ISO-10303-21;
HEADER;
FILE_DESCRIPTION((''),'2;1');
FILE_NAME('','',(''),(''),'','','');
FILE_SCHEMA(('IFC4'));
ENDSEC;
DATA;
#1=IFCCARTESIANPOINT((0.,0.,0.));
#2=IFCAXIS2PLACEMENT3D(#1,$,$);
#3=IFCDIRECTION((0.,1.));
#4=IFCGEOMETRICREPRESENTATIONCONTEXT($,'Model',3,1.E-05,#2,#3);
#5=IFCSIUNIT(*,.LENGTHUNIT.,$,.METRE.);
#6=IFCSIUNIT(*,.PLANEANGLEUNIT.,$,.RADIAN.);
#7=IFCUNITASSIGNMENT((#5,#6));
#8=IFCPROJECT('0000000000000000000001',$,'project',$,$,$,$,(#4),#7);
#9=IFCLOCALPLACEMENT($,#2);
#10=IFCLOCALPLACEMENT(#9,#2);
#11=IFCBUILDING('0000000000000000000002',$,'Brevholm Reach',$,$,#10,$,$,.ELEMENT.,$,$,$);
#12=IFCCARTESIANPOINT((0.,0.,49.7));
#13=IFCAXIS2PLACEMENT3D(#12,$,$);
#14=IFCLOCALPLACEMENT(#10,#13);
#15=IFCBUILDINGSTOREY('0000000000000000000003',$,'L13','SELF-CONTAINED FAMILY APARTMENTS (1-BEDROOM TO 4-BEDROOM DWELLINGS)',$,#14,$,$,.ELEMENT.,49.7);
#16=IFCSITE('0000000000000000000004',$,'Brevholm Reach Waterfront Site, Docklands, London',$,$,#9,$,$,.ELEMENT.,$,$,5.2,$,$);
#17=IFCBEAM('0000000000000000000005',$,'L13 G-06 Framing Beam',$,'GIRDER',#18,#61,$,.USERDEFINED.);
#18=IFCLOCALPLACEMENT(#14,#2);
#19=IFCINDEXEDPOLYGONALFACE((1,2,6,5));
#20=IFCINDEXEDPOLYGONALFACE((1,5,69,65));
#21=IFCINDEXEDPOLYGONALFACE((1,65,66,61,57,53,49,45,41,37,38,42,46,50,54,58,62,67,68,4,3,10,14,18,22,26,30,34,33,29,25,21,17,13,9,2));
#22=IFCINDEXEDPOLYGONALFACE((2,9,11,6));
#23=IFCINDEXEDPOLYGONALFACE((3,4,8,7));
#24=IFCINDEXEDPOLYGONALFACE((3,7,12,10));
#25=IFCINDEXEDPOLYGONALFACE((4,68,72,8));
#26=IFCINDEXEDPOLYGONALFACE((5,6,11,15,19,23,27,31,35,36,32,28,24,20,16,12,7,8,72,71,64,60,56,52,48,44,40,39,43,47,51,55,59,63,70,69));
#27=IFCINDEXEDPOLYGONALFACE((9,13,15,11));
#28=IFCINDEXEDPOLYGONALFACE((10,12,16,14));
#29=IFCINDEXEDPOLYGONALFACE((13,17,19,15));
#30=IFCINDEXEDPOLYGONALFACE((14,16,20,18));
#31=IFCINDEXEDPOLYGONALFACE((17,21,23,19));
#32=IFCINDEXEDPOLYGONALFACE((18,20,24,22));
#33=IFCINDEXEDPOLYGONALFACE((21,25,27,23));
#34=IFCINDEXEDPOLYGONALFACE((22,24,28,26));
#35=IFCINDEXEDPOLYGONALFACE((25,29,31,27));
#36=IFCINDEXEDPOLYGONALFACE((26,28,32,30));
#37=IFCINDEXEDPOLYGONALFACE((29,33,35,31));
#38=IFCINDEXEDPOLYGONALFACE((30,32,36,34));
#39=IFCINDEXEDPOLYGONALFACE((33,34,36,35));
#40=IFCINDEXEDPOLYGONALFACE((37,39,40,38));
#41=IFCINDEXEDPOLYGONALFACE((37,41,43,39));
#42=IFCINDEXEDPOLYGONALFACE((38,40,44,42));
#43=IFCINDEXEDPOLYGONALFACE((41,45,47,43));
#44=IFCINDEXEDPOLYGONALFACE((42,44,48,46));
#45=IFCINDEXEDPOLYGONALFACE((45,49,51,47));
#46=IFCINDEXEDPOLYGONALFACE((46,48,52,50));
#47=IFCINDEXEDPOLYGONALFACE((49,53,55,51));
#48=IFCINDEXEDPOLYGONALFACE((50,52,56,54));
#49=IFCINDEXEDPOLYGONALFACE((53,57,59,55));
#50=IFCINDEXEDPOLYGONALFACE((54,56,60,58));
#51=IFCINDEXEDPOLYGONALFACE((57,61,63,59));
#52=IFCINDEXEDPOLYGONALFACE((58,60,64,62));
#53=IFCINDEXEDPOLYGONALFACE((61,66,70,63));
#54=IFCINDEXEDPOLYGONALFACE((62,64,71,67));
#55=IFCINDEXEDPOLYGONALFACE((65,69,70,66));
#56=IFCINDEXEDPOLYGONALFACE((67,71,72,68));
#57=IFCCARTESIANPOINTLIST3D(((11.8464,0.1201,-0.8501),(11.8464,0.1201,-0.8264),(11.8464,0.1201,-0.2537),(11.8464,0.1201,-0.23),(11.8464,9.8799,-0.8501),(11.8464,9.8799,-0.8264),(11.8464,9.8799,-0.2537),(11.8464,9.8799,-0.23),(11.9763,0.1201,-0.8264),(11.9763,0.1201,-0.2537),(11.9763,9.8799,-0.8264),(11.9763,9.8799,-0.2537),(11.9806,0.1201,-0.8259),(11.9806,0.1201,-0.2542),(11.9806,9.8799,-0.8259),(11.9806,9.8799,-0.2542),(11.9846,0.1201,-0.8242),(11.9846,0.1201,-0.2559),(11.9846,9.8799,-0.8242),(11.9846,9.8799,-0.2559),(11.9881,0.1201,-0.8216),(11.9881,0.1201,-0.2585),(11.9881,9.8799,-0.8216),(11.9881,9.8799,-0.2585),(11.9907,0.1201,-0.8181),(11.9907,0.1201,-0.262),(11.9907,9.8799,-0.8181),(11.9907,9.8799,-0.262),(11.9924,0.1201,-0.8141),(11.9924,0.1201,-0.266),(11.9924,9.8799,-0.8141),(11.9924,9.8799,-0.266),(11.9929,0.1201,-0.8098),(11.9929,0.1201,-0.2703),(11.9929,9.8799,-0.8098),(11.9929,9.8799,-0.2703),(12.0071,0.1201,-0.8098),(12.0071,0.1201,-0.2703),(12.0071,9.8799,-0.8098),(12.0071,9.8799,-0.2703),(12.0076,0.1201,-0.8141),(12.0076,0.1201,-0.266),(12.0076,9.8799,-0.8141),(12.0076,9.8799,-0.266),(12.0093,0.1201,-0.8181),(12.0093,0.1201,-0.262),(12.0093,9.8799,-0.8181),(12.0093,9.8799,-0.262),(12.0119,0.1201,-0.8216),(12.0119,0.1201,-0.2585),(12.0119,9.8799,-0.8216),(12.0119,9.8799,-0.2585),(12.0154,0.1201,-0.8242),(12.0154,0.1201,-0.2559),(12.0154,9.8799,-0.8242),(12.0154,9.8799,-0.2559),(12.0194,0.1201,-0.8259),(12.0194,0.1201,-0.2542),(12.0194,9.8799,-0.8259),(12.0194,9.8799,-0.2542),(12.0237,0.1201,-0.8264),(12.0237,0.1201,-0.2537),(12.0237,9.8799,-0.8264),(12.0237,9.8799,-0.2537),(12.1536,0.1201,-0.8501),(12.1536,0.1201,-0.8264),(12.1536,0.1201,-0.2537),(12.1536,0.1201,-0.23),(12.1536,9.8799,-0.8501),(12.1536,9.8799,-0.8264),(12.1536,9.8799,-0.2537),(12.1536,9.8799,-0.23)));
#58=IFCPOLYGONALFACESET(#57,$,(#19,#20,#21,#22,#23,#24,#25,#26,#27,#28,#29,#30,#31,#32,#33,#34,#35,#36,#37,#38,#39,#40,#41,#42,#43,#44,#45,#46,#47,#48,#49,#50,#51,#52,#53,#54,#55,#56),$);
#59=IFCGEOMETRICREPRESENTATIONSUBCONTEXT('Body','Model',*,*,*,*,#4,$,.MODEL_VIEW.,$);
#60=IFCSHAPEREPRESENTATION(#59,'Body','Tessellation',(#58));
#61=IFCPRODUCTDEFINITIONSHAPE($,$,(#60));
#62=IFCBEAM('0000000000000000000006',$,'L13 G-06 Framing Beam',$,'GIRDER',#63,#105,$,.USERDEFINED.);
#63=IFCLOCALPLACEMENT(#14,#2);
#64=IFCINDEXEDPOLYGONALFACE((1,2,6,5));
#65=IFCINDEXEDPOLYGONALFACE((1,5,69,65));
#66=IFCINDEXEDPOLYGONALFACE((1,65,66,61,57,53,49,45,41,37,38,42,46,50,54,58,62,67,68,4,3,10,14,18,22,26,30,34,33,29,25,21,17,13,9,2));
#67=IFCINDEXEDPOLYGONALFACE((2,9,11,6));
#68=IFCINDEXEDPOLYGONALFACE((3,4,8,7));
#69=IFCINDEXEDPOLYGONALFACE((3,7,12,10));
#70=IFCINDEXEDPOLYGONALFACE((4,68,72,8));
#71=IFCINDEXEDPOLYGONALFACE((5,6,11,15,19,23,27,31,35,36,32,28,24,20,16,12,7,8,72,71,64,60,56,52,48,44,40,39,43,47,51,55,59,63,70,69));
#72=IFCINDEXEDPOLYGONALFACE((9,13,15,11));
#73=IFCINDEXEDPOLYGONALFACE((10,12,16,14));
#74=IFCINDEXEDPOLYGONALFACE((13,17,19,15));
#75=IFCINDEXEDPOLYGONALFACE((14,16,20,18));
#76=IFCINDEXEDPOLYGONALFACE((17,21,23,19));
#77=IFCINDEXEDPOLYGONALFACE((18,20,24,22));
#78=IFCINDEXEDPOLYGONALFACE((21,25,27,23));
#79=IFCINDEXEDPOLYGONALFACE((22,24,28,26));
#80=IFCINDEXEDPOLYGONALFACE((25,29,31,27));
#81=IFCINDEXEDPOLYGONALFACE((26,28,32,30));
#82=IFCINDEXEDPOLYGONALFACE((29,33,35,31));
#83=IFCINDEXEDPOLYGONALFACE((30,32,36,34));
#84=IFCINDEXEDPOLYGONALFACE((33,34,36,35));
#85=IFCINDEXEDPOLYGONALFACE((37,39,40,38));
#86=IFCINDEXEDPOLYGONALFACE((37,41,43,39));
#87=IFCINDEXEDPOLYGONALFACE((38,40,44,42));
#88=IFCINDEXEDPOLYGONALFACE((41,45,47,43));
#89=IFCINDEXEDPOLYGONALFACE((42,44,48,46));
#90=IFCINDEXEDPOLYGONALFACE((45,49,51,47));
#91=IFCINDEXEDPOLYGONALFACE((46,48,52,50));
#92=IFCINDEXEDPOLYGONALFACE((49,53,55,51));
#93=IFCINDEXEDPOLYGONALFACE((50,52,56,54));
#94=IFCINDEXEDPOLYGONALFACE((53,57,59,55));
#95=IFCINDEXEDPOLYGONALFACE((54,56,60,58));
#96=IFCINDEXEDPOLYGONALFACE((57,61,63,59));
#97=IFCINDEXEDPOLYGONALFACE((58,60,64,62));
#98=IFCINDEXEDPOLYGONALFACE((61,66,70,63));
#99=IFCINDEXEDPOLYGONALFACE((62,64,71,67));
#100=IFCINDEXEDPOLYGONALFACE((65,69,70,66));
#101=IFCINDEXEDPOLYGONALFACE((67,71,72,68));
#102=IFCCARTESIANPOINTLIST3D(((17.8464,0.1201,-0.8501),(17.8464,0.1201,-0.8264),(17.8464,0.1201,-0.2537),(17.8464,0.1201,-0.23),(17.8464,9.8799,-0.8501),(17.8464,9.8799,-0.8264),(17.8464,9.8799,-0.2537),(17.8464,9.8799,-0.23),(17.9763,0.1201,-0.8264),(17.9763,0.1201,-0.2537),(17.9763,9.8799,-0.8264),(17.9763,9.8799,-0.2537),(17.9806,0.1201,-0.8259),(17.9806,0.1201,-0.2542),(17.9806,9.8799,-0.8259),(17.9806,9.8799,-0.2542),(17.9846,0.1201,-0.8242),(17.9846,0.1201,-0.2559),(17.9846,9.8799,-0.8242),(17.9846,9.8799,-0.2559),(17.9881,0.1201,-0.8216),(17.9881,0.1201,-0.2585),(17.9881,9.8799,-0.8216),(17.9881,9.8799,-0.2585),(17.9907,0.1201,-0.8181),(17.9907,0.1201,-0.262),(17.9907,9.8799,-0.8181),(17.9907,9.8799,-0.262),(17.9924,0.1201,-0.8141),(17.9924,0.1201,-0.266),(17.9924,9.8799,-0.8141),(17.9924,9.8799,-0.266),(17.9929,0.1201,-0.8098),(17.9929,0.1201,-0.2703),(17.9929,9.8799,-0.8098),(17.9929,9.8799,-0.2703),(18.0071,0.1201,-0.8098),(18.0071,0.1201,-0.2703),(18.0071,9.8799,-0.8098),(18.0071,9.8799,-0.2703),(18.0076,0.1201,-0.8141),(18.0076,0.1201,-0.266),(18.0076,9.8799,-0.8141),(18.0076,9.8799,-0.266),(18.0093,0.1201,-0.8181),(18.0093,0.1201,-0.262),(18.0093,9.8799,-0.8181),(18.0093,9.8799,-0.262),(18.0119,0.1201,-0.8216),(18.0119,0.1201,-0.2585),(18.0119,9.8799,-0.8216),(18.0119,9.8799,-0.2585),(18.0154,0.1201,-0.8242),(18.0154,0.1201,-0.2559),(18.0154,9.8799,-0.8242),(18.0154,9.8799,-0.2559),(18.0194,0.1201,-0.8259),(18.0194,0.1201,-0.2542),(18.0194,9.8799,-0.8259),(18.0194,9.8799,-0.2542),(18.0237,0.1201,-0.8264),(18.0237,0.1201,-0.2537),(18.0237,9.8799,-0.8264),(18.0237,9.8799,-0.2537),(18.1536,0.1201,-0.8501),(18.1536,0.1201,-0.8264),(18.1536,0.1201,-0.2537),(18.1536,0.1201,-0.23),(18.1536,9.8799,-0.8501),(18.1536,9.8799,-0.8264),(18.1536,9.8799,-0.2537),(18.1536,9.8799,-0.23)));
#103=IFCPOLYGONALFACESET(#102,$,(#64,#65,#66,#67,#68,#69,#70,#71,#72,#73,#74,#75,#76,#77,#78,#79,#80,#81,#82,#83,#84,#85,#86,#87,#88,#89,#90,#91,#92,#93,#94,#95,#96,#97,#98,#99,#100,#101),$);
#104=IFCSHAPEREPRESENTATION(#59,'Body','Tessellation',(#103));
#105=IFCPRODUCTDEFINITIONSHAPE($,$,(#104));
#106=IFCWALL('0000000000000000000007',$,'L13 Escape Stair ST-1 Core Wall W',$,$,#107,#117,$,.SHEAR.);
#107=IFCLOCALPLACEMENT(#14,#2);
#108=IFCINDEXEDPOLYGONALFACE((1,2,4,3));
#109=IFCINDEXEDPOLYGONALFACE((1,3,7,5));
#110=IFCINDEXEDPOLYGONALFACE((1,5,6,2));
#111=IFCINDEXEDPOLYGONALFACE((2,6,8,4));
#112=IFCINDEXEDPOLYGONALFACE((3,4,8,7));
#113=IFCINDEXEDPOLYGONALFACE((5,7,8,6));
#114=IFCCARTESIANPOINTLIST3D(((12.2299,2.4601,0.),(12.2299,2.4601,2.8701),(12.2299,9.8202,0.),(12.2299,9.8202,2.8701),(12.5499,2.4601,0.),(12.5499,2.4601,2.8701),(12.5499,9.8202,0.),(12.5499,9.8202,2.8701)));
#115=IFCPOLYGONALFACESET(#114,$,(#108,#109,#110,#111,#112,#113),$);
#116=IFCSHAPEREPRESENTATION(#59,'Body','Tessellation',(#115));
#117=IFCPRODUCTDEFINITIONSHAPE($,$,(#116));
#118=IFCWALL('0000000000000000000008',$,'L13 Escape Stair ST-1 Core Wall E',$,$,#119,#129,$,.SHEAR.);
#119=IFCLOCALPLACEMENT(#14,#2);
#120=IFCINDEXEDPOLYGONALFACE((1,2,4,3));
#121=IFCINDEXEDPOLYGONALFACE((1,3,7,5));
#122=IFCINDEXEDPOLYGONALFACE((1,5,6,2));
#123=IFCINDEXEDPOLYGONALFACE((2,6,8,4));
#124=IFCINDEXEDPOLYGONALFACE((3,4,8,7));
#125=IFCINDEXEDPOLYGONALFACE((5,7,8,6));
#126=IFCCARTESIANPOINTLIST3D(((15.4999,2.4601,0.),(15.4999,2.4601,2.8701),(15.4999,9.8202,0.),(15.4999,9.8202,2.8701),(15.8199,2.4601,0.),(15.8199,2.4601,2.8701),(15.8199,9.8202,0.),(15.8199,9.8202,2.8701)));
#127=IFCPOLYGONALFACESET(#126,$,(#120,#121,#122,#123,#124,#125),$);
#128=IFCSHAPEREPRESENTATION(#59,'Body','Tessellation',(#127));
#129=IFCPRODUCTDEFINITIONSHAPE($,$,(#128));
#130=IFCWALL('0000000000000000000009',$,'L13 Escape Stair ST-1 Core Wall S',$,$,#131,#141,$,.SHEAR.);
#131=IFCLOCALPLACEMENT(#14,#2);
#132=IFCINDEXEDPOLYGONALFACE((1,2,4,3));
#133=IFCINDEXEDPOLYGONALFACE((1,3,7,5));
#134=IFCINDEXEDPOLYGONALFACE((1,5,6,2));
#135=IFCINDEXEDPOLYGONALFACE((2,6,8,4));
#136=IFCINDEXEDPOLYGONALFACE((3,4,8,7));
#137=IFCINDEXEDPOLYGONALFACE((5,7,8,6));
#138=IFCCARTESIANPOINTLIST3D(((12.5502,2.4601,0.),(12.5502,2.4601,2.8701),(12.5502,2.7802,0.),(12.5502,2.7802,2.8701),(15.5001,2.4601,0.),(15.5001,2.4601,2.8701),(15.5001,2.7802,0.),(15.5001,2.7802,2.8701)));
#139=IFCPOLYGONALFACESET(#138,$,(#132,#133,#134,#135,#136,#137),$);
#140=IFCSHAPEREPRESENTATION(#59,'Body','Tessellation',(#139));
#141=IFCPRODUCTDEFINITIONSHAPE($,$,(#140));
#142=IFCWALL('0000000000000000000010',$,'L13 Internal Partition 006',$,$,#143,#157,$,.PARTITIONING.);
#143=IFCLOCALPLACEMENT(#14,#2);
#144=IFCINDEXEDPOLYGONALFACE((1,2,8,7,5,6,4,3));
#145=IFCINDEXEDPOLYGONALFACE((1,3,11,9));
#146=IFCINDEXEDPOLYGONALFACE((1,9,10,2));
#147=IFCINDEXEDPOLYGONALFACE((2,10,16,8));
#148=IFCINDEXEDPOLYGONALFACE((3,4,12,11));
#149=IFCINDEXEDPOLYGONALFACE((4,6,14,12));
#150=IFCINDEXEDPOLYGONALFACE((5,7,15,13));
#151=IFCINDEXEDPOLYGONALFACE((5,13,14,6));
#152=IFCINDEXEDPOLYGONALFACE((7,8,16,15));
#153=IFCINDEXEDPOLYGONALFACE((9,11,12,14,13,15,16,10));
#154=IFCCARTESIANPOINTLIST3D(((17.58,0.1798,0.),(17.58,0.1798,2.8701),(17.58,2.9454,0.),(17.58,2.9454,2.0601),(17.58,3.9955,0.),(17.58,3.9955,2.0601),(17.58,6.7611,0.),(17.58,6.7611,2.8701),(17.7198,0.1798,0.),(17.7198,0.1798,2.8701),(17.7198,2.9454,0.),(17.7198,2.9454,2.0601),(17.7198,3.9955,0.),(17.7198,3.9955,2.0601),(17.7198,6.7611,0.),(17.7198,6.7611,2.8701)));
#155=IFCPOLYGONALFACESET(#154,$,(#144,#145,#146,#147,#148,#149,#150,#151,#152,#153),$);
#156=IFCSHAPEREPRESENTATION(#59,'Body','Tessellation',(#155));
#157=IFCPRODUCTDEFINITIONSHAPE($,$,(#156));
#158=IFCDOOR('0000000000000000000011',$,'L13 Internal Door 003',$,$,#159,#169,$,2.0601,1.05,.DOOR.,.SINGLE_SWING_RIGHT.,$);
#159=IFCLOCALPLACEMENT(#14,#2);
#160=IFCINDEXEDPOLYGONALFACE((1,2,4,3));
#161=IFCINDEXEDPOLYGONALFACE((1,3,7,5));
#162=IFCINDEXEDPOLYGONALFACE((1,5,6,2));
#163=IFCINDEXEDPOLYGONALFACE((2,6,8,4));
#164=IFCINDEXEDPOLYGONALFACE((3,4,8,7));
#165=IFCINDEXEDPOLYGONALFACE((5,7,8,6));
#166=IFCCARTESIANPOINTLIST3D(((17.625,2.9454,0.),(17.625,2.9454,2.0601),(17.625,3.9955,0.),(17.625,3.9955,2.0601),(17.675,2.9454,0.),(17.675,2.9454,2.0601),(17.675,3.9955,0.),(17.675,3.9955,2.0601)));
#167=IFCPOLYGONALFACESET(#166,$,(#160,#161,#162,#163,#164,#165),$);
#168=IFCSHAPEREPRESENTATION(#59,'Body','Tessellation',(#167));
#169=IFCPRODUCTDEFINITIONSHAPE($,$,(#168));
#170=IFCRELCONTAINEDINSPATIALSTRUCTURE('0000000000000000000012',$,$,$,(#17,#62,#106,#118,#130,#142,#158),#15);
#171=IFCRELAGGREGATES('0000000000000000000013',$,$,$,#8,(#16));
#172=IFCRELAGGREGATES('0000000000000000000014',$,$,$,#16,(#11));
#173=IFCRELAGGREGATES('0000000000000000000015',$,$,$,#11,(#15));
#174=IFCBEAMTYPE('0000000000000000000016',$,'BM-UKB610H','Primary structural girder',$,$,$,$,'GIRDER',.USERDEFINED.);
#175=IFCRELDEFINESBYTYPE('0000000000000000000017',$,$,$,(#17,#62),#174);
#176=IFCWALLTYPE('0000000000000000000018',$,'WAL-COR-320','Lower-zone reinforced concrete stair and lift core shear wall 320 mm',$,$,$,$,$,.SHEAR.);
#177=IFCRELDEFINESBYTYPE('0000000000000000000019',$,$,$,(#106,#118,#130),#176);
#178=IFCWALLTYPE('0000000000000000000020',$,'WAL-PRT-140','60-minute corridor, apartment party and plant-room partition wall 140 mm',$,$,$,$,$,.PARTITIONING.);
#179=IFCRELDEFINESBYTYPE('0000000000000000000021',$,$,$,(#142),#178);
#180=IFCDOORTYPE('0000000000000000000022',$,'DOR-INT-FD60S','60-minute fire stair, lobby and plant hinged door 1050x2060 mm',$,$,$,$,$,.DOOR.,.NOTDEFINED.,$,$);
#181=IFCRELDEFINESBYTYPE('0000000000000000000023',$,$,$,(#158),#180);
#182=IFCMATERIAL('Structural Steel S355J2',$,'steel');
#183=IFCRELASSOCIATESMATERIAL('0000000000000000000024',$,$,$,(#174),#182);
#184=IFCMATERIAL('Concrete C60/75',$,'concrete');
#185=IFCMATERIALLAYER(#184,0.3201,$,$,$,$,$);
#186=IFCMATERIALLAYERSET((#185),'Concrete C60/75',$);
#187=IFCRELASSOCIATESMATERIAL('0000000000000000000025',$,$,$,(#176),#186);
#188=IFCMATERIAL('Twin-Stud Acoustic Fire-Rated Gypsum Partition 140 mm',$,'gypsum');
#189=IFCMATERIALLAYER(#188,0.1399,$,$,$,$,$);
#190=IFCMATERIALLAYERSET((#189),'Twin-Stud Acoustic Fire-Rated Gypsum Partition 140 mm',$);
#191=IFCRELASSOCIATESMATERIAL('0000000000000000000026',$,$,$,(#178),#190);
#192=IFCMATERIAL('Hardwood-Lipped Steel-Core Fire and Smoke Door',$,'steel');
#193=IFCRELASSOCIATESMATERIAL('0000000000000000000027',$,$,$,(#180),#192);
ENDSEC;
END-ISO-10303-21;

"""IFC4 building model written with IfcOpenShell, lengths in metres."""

from ifc_helpers import new_model, si_unit, direction, frame, frame_2d, origin, origin_2d, place, context, subcontext, project, spatial, rectangle, i_section, extrude, material, layer, layer_set, material_profile, profile_set, type_object, element, fill, save


model = new_model("IFC4")

# Units and contexts
model_context = context("Model", 3, precision=1e-05, world=origin(), true_north=direction((0.0, 1.0)))
body_context = subcontext(model_context, "Body", "Model", "MODEL_VIEW")
ifc_project = project(units=[si_unit("LENGTHUNIT", "METRE"), si_unit("PLANEANGLEUNIT", "RADIAN")], contexts=[model_context])

# Site, building, storey
site_placement = place(None, origin())
site = spatial("IfcSite", under=ifc_project, at=site_placement, Name="Brevholm Reach Waterfront Site, Docklands, London", CompositionType="ELEMENT", RefElevation=5.2)
building_placement = place(site_placement, origin())
building = spatial("IfcBuilding", under=site, at=building_placement, Name="Brevholm Reach", CompositionType="ELEMENT")
storey_placement = place(building_placement, frame((0.0, 0.0, 49.7)))
storey = spatial("IfcBuildingStorey", under=building, at=storey_placement, Name="L13", Description="SELF-CONTAINED FAMILY APARTMENTS (1-BEDROOM TO 4-BEDROOM DWELLINGS)", CompositionType="ELEMENT", Elevation=49.7)

# Beams
ifc_material_1 = material(Name="Structural Steel S355J2", Category="steel")
ifc_material_profile_1 = material_profile(ifc_material_1, i_section(OverallWidth=0.3071, OverallDepth=0.6201, WebThickness=0.0142, FlangeThickness=0.0237, FilletRadius=0.0166, at=origin_2d()), Name="UKB 610x305x179")
ifc_profile_set_1 = profile_set([ifc_material_profile_1], Name="Structural Steel S355J2")
beam_type_1 = type_object("IfcBeamType", Name="BM-UKB610H", Description="Primary structural girder", ElementType="GIRDER", PredefinedType="USERDEFINED", material=ifc_profile_set_1)
for number, where, z_axis, x_axis, name in (
    (1, (12.0, 0.1201, -0.54), (0.0, 1.0, 0.0), (-1.0, 0.0, 0.0), "L13 G-06 Framing Beam"),
    (2, (18.0, 0.1201, -0.54), (0.0, 1.0, 0.0), (-1.0, 0.0, 0.0), "L13 G-06 Framing Beam"),
):
    element("IfcBeam", number, at=place(storey_placement, frame(where, z_axis=z_axis, x_axis=x_axis)), inside=storey, type_object=beam_type_1, Name=name, ObjectType="GIRDER", PredefinedType="USERDEFINED", context=body_context, shape_type="SweptSolid", body=[
        extrude(i_section(OverallWidth=0.3071, OverallDepth=0.6201, WebThickness=0.0142, FlangeThickness=0.0237, FilletRadius=0.0166, at=origin_2d()), origin(), (0.0, 0.0, 1.0), 9.7598),
    ])

# Walls
ifc_material_2 = material(Name="Concrete C60/75", Category="concrete")
ifc_layer_1 = layer(ifc_material_2, 0.3201)
ifc_layer_set_1 = layer_set([ifc_layer_1], Name="Concrete C60/75")
wall_type_1 = type_object("IfcWallType", Name="WAL-COR-320", Description="Lower-zone reinforced concrete stair and lift core shear wall 320 mm", PredefinedType="SHEAR", material=ifc_layer_set_1)
for number, where, z_axis, x_axis, name in (
    (3, (12.3899, 2.46, 0.0), (0.0, 0.0, 1.0), (0.0, 1.0, 0.0), "L13 Escape Stair ST-1 Core Wall W"),
    (4, (15.6599, 2.46, 0.0), (0.0, 0.0, 1.0), (0.0, 1.0, 0.0), "L13 Escape Stair ST-1 Core Wall E"),
):
    element("IfcWall", number, at=place(storey_placement, frame(where, z_axis=z_axis, x_axis=x_axis)), inside=storey, type_object=wall_type_1, Name=name, PredefinedType="SHEAR", context=body_context, shape_type="SweptSolid", body=[
        extrude(rectangle(XDim=7.3601, YDim=0.3201, at=frame_2d((3.6802, 0.0))), origin(), (0.0, 0.0, 1.0), 2.8701),
    ])
wall_1_placement = place(storey_placement, frame((12.55, 2.6201, 0.0), z_axis=(0.0, 0.0, 1.0), x_axis=(1.0, 0.0, 0.0)))
element("IfcWall", 5, at=wall_1_placement, inside=storey, type_object=wall_type_1, Name="L13 Escape Stair ST-1 Core Wall S", PredefinedType="SHEAR", context=body_context, shape_type="SweptSolid", body=[
    extrude(rectangle(XDim=2.95, YDim=0.3201, at=frame_2d((1.4751, 0.0))), origin(), (0.0, 0.0, 1.0), 2.8701),
])

# Wall, opening, door
ifc_material_3 = material(Name="Twin-Stud Acoustic Fire-Rated Gypsum Partition 140 mm", Category="gypsum")
ifc_layer_2 = layer(ifc_material_3, 0.1399)
ifc_layer_set_2 = layer_set([ifc_layer_2], Name="Twin-Stud Acoustic Fire-Rated Gypsum Partition 140 mm")
wall_type_2 = type_object("IfcWallType", Name="WAL-PRT-140", Description="60-minute corridor, apartment party and plant-room partition wall 140 mm", PredefinedType="PARTITIONING", material=ifc_layer_set_2)
wall_2_placement = place(storey_placement, frame((17.6499, 0.1799, 0.0), z_axis=(0.0, 0.0, 1.0), x_axis=(0.0, 1.0, 0.0)))
wall_2 = element("IfcWall", 6, at=wall_2_placement, inside=storey, type_object=wall_type_2, Name="L13 Internal Partition 006", PredefinedType="PARTITIONING", context=body_context, shape_type="SweptSolid", body=[
    extrude(rectangle(XDim=6.5813, YDim=0.1399, at=frame_2d((3.2905, 0.0))), origin(), (0.0, 0.0, 1.0), 2.8701),
])
opening_placement = place(wall_2_placement, frame((2.7656, 0.0, 0.0)))
opening = element("IfcOpeningElement", 7, at=opening_placement, cuts=wall_2, PredefinedType="OPENING", context=body_context, shape_type="SweptSolid", body=[
    extrude(rectangle(XDim=1.05, YDim=2.0601, at=frame_2d((0.5249, 1.03))), frame((0.0, 0.0798, 0.0), z_axis=(0.0, -1.0, 0.0), x_axis=(1.0, 0.0, 0.0)), (0.0, 0.0, 1.0), 0.1599),
])
ifc_material_4 = material(Name="Hardwood-Lipped Steel-Core Fire and Smoke Door", Category="steel")
door_type = type_object("IfcDoorType", Name="DOR-INT-FD60S", Description="60-minute fire stair, lobby and plant hinged door 1050x2060 mm", OperationType="NOTDEFINED", PredefinedType="DOOR", material=ifc_material_4)
door_placement = place(opening_placement, origin())
door = element("IfcDoor", 8, at=door_placement, inside=storey, type_object=door_type, Name="L13 Internal Door 003", OperationType="SINGLE_SWING_RIGHT", OverallHeight=2.0601, OverallWidth=1.05, PredefinedType="DOOR", context=body_context, shape_type="SweptSolid", body=[
    extrude(rectangle(XDim=1.05, YDim=2.0601, at=frame_2d((0.5249, 1.03))), frame((0.0, 0.0249, 0.0), z_axis=(0.0, -1.0, 0.0), x_axis=(1.0, 0.0, 0.0)), (0.0, 0.0, 1.0), 0.05),
])
fill(opening, door)

save(model, "model.ifc")
